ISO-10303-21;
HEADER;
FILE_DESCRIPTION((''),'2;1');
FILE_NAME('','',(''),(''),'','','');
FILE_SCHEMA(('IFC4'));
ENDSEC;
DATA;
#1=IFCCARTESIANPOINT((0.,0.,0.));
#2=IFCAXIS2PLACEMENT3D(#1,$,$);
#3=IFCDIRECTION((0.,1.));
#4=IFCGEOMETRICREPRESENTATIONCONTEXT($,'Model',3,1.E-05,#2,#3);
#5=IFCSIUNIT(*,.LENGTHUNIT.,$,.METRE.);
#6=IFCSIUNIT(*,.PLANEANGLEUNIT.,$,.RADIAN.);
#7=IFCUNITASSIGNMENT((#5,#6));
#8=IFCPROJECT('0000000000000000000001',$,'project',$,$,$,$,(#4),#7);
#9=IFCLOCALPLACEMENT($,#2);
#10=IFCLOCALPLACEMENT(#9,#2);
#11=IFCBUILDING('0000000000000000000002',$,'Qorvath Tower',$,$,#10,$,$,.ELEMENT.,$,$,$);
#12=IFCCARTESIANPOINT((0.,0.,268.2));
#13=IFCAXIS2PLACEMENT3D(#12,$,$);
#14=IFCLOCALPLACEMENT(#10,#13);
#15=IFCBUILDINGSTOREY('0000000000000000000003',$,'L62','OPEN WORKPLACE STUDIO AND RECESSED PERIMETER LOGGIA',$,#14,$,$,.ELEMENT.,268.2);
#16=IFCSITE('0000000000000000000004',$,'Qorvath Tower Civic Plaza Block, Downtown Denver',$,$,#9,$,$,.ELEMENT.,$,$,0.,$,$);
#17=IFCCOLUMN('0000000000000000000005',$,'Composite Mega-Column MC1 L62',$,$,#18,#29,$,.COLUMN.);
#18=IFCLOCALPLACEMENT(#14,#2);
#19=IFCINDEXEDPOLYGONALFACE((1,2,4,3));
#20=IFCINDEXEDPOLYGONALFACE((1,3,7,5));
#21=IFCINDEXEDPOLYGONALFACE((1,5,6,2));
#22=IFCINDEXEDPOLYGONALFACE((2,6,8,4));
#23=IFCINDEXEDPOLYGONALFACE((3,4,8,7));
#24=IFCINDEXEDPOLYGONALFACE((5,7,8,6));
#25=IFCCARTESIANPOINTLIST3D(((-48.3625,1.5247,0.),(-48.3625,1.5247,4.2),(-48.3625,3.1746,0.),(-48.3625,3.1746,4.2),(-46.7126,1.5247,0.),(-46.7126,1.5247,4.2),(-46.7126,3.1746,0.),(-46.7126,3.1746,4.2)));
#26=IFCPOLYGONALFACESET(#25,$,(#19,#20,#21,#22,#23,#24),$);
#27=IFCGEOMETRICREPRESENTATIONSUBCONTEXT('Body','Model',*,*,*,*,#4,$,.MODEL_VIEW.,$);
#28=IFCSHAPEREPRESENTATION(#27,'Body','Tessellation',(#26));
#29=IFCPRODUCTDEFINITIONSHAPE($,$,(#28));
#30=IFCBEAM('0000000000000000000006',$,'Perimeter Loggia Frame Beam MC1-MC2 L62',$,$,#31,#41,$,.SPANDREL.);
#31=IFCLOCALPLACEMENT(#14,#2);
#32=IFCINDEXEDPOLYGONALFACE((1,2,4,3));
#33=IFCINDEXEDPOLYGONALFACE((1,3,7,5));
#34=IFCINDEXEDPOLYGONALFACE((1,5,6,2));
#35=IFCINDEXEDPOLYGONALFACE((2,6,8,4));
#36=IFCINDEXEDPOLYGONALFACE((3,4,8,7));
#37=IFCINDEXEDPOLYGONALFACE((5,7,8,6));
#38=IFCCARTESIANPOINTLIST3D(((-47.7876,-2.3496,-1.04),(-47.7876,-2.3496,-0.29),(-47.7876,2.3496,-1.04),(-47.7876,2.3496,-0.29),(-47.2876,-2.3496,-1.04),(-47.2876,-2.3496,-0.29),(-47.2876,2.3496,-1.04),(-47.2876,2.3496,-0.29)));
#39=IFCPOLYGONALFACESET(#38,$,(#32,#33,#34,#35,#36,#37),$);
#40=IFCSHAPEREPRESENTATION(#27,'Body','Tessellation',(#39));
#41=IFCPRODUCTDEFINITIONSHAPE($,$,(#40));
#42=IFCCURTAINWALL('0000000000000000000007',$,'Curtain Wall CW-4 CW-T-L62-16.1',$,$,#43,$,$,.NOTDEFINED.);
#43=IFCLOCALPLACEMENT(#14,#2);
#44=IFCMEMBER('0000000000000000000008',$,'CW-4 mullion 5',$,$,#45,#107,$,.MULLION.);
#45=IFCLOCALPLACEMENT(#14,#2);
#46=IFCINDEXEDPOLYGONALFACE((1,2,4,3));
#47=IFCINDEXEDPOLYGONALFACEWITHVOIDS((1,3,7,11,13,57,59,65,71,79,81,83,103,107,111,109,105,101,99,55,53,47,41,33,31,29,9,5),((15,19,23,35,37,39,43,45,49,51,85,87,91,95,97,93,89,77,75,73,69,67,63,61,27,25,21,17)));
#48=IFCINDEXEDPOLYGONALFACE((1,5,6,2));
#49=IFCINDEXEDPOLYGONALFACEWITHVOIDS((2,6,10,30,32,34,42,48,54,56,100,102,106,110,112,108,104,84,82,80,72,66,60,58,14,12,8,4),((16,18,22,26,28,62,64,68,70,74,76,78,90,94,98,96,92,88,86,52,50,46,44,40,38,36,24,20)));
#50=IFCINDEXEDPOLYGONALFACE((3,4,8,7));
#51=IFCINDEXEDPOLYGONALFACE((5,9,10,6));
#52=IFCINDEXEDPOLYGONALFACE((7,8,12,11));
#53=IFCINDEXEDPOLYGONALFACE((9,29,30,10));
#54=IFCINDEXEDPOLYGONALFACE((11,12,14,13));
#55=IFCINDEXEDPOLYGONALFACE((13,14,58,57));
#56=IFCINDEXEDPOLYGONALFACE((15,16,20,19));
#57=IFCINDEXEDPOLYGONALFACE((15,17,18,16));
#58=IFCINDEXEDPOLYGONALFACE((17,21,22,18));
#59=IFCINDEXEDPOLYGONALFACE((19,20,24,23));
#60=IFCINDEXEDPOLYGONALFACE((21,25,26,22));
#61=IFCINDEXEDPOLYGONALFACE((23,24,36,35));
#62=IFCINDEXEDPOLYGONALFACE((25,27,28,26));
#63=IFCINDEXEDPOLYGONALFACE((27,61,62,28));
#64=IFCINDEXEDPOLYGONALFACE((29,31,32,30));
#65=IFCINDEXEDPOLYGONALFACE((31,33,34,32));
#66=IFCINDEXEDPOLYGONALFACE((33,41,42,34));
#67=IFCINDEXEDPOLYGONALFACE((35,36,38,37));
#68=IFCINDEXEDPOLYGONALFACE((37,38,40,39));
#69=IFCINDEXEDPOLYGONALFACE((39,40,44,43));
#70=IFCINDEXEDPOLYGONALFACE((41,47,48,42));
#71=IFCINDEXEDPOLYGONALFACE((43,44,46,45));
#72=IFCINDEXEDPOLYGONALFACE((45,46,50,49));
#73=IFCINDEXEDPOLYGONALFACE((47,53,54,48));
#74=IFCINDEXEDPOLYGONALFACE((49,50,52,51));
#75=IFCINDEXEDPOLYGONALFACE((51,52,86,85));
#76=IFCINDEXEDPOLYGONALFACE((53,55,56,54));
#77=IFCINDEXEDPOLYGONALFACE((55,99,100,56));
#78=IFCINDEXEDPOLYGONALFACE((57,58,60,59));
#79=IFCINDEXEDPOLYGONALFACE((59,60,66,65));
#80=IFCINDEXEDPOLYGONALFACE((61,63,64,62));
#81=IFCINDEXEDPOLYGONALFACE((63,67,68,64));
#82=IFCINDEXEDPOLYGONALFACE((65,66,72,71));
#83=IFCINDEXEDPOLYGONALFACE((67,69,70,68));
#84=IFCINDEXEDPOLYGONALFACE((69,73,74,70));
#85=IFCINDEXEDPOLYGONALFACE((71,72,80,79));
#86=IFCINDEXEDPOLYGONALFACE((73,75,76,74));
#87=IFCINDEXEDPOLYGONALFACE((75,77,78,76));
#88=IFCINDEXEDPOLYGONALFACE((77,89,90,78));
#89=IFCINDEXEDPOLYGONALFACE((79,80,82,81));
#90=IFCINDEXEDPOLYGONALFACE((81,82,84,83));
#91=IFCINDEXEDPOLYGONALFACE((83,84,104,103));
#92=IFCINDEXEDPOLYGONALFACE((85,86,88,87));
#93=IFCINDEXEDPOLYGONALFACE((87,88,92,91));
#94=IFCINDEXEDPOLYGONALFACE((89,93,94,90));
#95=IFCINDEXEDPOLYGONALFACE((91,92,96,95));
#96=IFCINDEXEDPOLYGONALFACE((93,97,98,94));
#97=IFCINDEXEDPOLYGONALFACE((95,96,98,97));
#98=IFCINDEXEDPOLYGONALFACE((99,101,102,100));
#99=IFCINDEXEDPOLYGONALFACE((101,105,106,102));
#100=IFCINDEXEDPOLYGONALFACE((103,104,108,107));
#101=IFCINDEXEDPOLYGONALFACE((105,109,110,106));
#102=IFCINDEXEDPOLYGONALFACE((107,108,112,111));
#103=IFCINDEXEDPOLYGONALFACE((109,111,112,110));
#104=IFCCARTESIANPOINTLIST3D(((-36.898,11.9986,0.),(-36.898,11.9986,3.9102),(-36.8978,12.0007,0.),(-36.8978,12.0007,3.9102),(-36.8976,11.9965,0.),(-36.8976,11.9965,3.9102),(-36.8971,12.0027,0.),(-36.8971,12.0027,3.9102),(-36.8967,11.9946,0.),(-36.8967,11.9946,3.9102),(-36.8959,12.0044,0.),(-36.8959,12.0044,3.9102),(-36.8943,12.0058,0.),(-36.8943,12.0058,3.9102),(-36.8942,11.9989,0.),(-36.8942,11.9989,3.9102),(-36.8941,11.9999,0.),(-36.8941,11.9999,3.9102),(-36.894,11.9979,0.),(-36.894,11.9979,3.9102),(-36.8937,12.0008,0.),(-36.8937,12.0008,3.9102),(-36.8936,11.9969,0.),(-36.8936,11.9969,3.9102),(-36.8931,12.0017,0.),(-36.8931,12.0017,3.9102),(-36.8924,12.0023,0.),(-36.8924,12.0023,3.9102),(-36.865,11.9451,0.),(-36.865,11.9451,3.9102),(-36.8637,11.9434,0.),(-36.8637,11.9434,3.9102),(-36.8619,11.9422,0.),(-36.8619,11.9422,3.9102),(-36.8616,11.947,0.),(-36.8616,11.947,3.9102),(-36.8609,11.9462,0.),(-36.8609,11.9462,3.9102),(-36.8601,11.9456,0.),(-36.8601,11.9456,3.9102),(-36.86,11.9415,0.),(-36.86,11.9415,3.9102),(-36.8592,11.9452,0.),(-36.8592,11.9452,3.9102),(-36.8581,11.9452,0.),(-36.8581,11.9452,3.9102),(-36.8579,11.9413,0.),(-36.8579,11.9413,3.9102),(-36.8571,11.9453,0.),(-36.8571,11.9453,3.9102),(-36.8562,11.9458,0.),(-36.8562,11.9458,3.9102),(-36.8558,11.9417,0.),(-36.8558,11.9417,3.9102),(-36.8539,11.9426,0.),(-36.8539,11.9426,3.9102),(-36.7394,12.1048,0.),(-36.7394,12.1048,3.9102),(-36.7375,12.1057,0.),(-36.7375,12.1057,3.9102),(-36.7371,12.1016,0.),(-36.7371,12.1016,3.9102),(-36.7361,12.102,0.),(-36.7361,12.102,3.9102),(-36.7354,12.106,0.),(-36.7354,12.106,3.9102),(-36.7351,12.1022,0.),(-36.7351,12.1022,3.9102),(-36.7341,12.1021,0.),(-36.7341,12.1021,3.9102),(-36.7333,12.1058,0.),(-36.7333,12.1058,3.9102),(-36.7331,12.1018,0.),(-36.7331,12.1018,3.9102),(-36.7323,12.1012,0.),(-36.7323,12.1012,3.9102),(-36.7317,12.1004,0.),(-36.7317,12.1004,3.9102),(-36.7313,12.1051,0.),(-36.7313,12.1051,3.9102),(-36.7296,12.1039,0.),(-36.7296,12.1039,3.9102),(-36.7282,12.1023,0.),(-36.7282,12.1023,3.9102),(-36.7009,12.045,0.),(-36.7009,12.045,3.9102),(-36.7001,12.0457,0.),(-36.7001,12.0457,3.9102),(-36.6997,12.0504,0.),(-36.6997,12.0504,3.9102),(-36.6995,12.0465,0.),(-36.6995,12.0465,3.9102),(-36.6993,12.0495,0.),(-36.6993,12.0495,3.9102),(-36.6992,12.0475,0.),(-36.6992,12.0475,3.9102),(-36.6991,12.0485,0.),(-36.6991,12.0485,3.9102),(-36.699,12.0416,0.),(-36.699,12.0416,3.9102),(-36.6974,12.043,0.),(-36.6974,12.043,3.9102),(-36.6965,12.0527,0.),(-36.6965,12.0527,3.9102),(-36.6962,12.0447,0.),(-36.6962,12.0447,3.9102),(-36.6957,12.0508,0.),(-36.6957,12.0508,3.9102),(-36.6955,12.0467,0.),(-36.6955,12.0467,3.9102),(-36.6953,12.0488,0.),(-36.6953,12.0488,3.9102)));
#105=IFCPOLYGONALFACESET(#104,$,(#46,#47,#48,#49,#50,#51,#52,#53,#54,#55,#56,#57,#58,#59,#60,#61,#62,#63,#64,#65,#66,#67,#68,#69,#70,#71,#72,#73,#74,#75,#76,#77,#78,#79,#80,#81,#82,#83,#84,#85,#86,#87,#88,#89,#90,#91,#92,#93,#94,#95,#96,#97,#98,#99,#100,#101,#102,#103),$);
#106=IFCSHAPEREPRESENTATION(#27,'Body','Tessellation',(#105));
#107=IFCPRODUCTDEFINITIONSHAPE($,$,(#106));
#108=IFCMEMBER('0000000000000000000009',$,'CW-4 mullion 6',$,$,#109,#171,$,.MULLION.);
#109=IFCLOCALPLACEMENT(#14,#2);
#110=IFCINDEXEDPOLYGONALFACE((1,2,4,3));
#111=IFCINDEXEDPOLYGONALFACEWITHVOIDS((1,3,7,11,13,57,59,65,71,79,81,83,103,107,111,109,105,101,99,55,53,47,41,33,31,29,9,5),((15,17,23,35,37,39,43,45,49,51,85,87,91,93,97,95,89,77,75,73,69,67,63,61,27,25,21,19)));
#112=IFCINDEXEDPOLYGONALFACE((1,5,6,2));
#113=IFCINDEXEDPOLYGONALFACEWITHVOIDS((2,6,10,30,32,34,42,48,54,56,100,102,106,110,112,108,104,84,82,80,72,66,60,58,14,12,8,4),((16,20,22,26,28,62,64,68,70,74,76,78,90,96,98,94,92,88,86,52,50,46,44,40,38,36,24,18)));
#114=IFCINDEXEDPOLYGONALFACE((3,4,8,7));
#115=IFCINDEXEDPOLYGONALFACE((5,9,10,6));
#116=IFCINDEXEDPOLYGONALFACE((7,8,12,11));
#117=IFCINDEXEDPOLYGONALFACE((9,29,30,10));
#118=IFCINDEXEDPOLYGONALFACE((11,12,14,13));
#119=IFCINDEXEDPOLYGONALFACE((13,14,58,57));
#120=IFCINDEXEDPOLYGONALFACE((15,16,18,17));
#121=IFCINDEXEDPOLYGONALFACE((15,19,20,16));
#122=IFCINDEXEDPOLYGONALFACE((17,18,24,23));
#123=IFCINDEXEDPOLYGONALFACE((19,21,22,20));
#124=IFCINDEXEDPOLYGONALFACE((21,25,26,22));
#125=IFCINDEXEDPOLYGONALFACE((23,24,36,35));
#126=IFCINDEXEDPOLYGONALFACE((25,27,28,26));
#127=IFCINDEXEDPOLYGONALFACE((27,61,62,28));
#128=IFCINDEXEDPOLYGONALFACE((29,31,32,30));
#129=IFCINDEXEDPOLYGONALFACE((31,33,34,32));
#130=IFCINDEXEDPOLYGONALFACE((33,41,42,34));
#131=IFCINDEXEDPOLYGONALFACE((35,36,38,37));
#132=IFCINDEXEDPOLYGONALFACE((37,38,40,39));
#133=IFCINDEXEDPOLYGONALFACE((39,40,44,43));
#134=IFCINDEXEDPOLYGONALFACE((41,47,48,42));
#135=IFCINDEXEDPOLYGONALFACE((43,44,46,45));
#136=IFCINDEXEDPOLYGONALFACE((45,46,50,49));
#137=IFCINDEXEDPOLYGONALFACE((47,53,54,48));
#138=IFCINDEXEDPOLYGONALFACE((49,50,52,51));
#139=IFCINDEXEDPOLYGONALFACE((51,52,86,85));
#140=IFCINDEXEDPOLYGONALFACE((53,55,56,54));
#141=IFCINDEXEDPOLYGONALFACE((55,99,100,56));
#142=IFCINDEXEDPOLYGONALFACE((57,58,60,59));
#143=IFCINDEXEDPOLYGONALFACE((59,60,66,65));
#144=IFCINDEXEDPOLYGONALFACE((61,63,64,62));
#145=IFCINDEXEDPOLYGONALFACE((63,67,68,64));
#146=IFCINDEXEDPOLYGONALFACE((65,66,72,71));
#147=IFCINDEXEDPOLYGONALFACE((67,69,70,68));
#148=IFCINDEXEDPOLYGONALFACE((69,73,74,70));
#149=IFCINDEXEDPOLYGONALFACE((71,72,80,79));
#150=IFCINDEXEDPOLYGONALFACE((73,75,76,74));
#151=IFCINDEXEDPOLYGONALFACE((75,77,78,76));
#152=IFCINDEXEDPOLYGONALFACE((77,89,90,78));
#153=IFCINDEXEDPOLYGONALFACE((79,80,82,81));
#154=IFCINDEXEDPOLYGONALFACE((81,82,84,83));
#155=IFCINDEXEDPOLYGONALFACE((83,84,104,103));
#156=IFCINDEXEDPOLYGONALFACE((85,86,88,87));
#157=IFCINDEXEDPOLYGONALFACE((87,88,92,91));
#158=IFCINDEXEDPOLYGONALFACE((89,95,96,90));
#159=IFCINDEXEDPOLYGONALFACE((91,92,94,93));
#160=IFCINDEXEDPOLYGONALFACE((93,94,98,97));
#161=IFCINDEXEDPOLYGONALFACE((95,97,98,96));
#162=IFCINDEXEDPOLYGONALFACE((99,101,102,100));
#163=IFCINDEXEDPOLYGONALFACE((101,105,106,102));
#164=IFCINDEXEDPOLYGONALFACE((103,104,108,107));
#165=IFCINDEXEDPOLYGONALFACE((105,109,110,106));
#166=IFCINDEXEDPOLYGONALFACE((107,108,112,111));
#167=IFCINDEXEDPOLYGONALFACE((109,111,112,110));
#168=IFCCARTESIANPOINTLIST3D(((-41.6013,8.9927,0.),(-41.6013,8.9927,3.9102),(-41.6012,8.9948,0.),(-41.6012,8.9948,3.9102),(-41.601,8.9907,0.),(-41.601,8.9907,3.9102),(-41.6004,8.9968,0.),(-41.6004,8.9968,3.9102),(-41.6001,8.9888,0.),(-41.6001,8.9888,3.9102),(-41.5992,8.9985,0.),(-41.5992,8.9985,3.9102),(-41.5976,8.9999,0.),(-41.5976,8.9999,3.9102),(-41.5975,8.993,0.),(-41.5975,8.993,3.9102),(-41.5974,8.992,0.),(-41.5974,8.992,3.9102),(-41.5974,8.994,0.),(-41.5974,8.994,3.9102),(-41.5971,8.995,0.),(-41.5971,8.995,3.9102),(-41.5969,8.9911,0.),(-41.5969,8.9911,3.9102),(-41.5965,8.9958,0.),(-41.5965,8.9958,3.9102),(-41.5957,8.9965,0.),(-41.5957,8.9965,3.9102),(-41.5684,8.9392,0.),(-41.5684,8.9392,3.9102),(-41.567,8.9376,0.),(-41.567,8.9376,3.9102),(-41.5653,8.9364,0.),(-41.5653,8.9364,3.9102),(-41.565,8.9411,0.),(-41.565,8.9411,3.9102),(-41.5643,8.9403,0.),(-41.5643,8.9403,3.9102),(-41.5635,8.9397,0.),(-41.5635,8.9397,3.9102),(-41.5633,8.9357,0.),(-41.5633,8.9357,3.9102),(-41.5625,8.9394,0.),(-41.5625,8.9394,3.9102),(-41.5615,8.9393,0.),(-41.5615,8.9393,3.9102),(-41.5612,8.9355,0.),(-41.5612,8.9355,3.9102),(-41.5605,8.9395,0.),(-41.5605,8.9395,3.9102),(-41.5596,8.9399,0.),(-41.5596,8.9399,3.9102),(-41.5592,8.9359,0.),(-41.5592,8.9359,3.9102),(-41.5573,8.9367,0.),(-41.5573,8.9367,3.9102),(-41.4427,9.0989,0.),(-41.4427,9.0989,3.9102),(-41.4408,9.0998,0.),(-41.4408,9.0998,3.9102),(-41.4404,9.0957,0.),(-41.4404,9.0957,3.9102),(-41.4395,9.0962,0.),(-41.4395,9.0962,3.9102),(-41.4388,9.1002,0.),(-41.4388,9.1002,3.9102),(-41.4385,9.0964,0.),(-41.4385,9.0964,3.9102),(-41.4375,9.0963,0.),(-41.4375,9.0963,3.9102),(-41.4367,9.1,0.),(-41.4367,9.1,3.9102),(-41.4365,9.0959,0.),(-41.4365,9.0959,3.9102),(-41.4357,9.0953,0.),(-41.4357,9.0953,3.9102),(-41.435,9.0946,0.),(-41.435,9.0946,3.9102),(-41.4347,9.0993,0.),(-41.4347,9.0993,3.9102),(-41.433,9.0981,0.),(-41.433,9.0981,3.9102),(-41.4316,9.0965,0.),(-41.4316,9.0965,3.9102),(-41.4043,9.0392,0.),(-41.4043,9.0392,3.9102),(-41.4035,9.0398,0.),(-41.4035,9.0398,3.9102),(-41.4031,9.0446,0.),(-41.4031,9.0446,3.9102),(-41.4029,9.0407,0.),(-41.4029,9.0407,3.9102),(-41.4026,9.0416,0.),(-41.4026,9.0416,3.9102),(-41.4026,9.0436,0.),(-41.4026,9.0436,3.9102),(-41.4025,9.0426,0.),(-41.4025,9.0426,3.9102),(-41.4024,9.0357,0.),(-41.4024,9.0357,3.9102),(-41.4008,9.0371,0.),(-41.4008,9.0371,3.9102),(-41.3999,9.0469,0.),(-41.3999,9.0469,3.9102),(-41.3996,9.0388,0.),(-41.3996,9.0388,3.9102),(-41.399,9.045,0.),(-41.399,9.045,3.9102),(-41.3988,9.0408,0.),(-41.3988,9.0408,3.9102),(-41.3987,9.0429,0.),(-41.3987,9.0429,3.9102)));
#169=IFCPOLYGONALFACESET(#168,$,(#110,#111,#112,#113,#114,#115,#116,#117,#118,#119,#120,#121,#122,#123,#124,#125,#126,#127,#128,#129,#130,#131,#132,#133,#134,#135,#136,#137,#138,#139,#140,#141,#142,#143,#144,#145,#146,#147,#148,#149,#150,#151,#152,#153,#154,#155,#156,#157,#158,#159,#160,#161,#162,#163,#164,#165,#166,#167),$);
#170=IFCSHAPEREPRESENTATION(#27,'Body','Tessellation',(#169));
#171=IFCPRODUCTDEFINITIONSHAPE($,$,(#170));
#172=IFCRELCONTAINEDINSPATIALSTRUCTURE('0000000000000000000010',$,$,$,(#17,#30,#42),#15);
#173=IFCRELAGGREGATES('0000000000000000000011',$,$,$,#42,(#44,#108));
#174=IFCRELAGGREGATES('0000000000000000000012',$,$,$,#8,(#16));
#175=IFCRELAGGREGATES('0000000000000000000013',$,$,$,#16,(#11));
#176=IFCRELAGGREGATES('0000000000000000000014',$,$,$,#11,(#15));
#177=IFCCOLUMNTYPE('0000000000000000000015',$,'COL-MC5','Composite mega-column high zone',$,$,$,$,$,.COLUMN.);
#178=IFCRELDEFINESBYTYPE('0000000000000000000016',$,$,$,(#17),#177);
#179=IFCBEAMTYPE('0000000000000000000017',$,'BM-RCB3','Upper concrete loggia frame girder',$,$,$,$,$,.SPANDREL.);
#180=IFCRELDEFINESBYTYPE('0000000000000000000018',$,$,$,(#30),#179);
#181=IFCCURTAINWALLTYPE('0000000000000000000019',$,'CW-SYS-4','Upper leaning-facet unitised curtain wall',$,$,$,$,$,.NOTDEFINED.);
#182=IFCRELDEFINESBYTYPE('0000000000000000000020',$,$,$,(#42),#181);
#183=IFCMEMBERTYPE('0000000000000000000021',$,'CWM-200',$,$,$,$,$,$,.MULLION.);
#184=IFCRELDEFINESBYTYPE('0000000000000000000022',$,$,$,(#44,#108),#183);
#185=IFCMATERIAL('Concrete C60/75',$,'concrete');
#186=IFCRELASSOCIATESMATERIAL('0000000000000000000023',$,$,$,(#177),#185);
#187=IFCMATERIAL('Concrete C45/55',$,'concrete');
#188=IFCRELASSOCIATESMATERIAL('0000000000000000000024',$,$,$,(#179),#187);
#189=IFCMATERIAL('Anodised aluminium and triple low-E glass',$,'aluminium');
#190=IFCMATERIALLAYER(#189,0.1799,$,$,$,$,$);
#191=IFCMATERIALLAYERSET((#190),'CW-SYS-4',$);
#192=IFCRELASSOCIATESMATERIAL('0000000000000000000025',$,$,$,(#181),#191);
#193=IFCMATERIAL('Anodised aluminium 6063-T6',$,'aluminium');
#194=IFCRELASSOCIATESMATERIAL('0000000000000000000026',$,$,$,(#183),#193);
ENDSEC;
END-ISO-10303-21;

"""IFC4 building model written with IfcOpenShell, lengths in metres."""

from ifc_helpers import new_model, si_unit, direction, frame, origin, origin_2d, place, context, subcontext, project, spatial, rectangle, hollow_rectangle, extrude, material, layer, layer_set, material_profile, profile_set, type_object, element, aggregate, save


model = new_model("IFC4")

# Units and contexts
model_context = context("Model", 3, precision=1e-05, world=origin(), true_north=direction((0.0, 1.0)))
body_context = subcontext(model_context, "Body", "Model", "MODEL_VIEW")
ifc_project = project(units=[si_unit("LENGTHUNIT", "METRE"), si_unit("PLANEANGLEUNIT", "RADIAN")], contexts=[model_context])

# Site, building, storey
site_placement = place(None, origin())
site = spatial("IfcSite", under=ifc_project, at=site_placement, Name="Qorvath Tower Civic Plaza Block, Downtown Denver", CompositionType="ELEMENT", RefElevation=0.0)
building_placement = place(site_placement, origin())
building = spatial("IfcBuilding", under=site, at=building_placement, Name="Qorvath Tower", CompositionType="ELEMENT")
storey_placement = place(building_placement, frame((0.0, 0.0, 268.2)))
storey = spatial("IfcBuildingStorey", under=building, at=storey_placement, Name="L62", Description="OPEN WORKPLACE STUDIO AND RECESSED PERIMETER LOGGIA", CompositionType="ELEMENT", Elevation=268.2)

# Column
ifc_material_1 = material(Name="Concrete C60/75", Category="concrete")
ifc_material_profile_1 = material_profile(ifc_material_1, rectangle(XDim=1.6499, YDim=1.6499, at=origin_2d()), Name="MC 1650x1650")
ifc_profile_set_1 = profile_set([ifc_material_profile_1], Name="Concrete C60/75")
column_type = type_object("IfcColumnType", Name="COL-MC5", Description="Composite mega-column high zone", PredefinedType="COLUMN", material=ifc_profile_set_1)
column_placement = place(storey_placement, frame((-47.5376, 2.3496, 0.0), z_axis=(0.0, 0.0, 1.0), x_axis=(1.0, 0.0, 0.0)))
element("IfcColumn", 1, at=column_placement, inside=storey, type_object=column_type, Name="Composite Mega-Column MC1 L62", PredefinedType="COLUMN", context=body_context, shape_type="SweptSolid", body=[
    extrude(rectangle(XDim=1.6499, YDim=1.6499, at=origin_2d()), origin(), (0.0, 0.0, 1.0), 4.2),
])

# Beam
ifc_material_2 = material(Name="Concrete C45/55", Category="concrete")
ifc_material_profile_2 = material_profile(ifc_material_2, rectangle(XDim=0.5, YDim=0.75, at=origin_2d()), Name="RCB 750x500")
ifc_profile_set_2 = profile_set([ifc_material_profile_2], Name="Concrete C45/55")
beam_type = type_object("IfcBeamType", Name="BM-RCB3", Description="Upper concrete loggia frame girder", PredefinedType="SPANDREL", material=ifc_profile_set_2)
beam_placement = place(storey_placement, frame((-47.5376, 2.3496, -0.665), z_axis=(0.0, -1.0, 0.0), x_axis=(1.0, 0.0, 0.0)))
element("IfcBeam", 2, at=beam_placement, inside=storey, type_object=beam_type, Name="Perimeter Loggia Frame Beam MC1-MC2 L62", PredefinedType="SPANDREL", context=body_context, shape_type="SweptSolid", body=[
    extrude(rectangle(XDim=0.5, YDim=0.75, at=origin_2d()), origin(), (0.0, 0.0, 1.0), 4.6992),
])

# Curtain wall, members
ifc_material_3 = material(Name="Anodised aluminium and triple low-E glass", Category="aluminium")
ifc_layer_1 = layer(ifc_material_3, 0.1799)
ifc_layer_set_1 = layer_set([ifc_layer_1], Name="CW-SYS-4")
curtain_wall_type = type_object("IfcCurtainWallType", Name="CW-SYS-4", Description="Upper leaning-facet unitised curtain wall", PredefinedType="NOTDEFINED", material=ifc_layer_set_1)
curtain_wall_placement = place(storey_placement, origin())
curtain_wall = element("IfcCurtainWall", 3, at=curtain_wall_placement, inside=storey, type_object=curtain_wall_type, Name="Curtain Wall CW-4 CW-T-L62-16.1", PredefinedType="NOTDEFINED")
ifc_material_4 = material(Name="Anodised aluminium 6063-T6", Category="aluminium")
ifc_material_profile_3 = material_profile(ifc_material_4, hollow_rectangle(XDim=0.075, YDim=0.2, WallThickness=0.0039, InnerFilletRadius=0.0039, OuterFilletRadius=0.0081, at=origin_2d()), Name="CWM 200x75")
ifc_profile_set_3 = profile_set([ifc_material_profile_3], Name="Anodised aluminium 6063-T6")
member_type_1 = type_object("IfcMemberType", Name="CWM-200", PredefinedType="MULLION", material=ifc_profile_set_3)
member_1_placement = place(storey_placement, frame((-36.7966, 12.0237, 0.0), z_axis=(0.0, 0.0, 1.0), x_axis=(0.538534, -0.842604, 0.0)))
member_1 = element("IfcMember", 4, at=member_1_placement, type_object=member_type_1, Name="CW-4 mullion 5", PredefinedType="MULLION", context=body_context, shape_type="SweptSolid", body=[
    extrude(hollow_rectangle(XDim=0.075, YDim=0.2, WallThickness=0.0039, InnerFilletRadius=0.0039, OuterFilletRadius=0.0081, at=origin_2d()), origin(), (0.0, 0.0, 1.0), 3.9102),
])
member_2_placement = place(storey_placement, frame((-41.5, 9.0178, 0.0), z_axis=(0.0, 0.0, 1.0), x_axis=(0.538534, -0.842604, 0.0)))
member_2 = element("IfcMember", 5, at=member_2_placement, type_object=member_type_1, Name="CW-4 mullion 6", PredefinedType="MULLION", context=body_context, shape_type="SweptSolid", body=[
    extrude(hollow_rectangle(XDim=0.075, YDim=0.2, WallThickness=0.0039, InnerFilletRadius=0.0039, OuterFilletRadius=0.0081, at=origin_2d()), origin(), (0.0, 0.0, 1.0), 3.9102),
])
aggregate(curtain_wall, [member_1, member_2])

save(model, "model.ifc")
